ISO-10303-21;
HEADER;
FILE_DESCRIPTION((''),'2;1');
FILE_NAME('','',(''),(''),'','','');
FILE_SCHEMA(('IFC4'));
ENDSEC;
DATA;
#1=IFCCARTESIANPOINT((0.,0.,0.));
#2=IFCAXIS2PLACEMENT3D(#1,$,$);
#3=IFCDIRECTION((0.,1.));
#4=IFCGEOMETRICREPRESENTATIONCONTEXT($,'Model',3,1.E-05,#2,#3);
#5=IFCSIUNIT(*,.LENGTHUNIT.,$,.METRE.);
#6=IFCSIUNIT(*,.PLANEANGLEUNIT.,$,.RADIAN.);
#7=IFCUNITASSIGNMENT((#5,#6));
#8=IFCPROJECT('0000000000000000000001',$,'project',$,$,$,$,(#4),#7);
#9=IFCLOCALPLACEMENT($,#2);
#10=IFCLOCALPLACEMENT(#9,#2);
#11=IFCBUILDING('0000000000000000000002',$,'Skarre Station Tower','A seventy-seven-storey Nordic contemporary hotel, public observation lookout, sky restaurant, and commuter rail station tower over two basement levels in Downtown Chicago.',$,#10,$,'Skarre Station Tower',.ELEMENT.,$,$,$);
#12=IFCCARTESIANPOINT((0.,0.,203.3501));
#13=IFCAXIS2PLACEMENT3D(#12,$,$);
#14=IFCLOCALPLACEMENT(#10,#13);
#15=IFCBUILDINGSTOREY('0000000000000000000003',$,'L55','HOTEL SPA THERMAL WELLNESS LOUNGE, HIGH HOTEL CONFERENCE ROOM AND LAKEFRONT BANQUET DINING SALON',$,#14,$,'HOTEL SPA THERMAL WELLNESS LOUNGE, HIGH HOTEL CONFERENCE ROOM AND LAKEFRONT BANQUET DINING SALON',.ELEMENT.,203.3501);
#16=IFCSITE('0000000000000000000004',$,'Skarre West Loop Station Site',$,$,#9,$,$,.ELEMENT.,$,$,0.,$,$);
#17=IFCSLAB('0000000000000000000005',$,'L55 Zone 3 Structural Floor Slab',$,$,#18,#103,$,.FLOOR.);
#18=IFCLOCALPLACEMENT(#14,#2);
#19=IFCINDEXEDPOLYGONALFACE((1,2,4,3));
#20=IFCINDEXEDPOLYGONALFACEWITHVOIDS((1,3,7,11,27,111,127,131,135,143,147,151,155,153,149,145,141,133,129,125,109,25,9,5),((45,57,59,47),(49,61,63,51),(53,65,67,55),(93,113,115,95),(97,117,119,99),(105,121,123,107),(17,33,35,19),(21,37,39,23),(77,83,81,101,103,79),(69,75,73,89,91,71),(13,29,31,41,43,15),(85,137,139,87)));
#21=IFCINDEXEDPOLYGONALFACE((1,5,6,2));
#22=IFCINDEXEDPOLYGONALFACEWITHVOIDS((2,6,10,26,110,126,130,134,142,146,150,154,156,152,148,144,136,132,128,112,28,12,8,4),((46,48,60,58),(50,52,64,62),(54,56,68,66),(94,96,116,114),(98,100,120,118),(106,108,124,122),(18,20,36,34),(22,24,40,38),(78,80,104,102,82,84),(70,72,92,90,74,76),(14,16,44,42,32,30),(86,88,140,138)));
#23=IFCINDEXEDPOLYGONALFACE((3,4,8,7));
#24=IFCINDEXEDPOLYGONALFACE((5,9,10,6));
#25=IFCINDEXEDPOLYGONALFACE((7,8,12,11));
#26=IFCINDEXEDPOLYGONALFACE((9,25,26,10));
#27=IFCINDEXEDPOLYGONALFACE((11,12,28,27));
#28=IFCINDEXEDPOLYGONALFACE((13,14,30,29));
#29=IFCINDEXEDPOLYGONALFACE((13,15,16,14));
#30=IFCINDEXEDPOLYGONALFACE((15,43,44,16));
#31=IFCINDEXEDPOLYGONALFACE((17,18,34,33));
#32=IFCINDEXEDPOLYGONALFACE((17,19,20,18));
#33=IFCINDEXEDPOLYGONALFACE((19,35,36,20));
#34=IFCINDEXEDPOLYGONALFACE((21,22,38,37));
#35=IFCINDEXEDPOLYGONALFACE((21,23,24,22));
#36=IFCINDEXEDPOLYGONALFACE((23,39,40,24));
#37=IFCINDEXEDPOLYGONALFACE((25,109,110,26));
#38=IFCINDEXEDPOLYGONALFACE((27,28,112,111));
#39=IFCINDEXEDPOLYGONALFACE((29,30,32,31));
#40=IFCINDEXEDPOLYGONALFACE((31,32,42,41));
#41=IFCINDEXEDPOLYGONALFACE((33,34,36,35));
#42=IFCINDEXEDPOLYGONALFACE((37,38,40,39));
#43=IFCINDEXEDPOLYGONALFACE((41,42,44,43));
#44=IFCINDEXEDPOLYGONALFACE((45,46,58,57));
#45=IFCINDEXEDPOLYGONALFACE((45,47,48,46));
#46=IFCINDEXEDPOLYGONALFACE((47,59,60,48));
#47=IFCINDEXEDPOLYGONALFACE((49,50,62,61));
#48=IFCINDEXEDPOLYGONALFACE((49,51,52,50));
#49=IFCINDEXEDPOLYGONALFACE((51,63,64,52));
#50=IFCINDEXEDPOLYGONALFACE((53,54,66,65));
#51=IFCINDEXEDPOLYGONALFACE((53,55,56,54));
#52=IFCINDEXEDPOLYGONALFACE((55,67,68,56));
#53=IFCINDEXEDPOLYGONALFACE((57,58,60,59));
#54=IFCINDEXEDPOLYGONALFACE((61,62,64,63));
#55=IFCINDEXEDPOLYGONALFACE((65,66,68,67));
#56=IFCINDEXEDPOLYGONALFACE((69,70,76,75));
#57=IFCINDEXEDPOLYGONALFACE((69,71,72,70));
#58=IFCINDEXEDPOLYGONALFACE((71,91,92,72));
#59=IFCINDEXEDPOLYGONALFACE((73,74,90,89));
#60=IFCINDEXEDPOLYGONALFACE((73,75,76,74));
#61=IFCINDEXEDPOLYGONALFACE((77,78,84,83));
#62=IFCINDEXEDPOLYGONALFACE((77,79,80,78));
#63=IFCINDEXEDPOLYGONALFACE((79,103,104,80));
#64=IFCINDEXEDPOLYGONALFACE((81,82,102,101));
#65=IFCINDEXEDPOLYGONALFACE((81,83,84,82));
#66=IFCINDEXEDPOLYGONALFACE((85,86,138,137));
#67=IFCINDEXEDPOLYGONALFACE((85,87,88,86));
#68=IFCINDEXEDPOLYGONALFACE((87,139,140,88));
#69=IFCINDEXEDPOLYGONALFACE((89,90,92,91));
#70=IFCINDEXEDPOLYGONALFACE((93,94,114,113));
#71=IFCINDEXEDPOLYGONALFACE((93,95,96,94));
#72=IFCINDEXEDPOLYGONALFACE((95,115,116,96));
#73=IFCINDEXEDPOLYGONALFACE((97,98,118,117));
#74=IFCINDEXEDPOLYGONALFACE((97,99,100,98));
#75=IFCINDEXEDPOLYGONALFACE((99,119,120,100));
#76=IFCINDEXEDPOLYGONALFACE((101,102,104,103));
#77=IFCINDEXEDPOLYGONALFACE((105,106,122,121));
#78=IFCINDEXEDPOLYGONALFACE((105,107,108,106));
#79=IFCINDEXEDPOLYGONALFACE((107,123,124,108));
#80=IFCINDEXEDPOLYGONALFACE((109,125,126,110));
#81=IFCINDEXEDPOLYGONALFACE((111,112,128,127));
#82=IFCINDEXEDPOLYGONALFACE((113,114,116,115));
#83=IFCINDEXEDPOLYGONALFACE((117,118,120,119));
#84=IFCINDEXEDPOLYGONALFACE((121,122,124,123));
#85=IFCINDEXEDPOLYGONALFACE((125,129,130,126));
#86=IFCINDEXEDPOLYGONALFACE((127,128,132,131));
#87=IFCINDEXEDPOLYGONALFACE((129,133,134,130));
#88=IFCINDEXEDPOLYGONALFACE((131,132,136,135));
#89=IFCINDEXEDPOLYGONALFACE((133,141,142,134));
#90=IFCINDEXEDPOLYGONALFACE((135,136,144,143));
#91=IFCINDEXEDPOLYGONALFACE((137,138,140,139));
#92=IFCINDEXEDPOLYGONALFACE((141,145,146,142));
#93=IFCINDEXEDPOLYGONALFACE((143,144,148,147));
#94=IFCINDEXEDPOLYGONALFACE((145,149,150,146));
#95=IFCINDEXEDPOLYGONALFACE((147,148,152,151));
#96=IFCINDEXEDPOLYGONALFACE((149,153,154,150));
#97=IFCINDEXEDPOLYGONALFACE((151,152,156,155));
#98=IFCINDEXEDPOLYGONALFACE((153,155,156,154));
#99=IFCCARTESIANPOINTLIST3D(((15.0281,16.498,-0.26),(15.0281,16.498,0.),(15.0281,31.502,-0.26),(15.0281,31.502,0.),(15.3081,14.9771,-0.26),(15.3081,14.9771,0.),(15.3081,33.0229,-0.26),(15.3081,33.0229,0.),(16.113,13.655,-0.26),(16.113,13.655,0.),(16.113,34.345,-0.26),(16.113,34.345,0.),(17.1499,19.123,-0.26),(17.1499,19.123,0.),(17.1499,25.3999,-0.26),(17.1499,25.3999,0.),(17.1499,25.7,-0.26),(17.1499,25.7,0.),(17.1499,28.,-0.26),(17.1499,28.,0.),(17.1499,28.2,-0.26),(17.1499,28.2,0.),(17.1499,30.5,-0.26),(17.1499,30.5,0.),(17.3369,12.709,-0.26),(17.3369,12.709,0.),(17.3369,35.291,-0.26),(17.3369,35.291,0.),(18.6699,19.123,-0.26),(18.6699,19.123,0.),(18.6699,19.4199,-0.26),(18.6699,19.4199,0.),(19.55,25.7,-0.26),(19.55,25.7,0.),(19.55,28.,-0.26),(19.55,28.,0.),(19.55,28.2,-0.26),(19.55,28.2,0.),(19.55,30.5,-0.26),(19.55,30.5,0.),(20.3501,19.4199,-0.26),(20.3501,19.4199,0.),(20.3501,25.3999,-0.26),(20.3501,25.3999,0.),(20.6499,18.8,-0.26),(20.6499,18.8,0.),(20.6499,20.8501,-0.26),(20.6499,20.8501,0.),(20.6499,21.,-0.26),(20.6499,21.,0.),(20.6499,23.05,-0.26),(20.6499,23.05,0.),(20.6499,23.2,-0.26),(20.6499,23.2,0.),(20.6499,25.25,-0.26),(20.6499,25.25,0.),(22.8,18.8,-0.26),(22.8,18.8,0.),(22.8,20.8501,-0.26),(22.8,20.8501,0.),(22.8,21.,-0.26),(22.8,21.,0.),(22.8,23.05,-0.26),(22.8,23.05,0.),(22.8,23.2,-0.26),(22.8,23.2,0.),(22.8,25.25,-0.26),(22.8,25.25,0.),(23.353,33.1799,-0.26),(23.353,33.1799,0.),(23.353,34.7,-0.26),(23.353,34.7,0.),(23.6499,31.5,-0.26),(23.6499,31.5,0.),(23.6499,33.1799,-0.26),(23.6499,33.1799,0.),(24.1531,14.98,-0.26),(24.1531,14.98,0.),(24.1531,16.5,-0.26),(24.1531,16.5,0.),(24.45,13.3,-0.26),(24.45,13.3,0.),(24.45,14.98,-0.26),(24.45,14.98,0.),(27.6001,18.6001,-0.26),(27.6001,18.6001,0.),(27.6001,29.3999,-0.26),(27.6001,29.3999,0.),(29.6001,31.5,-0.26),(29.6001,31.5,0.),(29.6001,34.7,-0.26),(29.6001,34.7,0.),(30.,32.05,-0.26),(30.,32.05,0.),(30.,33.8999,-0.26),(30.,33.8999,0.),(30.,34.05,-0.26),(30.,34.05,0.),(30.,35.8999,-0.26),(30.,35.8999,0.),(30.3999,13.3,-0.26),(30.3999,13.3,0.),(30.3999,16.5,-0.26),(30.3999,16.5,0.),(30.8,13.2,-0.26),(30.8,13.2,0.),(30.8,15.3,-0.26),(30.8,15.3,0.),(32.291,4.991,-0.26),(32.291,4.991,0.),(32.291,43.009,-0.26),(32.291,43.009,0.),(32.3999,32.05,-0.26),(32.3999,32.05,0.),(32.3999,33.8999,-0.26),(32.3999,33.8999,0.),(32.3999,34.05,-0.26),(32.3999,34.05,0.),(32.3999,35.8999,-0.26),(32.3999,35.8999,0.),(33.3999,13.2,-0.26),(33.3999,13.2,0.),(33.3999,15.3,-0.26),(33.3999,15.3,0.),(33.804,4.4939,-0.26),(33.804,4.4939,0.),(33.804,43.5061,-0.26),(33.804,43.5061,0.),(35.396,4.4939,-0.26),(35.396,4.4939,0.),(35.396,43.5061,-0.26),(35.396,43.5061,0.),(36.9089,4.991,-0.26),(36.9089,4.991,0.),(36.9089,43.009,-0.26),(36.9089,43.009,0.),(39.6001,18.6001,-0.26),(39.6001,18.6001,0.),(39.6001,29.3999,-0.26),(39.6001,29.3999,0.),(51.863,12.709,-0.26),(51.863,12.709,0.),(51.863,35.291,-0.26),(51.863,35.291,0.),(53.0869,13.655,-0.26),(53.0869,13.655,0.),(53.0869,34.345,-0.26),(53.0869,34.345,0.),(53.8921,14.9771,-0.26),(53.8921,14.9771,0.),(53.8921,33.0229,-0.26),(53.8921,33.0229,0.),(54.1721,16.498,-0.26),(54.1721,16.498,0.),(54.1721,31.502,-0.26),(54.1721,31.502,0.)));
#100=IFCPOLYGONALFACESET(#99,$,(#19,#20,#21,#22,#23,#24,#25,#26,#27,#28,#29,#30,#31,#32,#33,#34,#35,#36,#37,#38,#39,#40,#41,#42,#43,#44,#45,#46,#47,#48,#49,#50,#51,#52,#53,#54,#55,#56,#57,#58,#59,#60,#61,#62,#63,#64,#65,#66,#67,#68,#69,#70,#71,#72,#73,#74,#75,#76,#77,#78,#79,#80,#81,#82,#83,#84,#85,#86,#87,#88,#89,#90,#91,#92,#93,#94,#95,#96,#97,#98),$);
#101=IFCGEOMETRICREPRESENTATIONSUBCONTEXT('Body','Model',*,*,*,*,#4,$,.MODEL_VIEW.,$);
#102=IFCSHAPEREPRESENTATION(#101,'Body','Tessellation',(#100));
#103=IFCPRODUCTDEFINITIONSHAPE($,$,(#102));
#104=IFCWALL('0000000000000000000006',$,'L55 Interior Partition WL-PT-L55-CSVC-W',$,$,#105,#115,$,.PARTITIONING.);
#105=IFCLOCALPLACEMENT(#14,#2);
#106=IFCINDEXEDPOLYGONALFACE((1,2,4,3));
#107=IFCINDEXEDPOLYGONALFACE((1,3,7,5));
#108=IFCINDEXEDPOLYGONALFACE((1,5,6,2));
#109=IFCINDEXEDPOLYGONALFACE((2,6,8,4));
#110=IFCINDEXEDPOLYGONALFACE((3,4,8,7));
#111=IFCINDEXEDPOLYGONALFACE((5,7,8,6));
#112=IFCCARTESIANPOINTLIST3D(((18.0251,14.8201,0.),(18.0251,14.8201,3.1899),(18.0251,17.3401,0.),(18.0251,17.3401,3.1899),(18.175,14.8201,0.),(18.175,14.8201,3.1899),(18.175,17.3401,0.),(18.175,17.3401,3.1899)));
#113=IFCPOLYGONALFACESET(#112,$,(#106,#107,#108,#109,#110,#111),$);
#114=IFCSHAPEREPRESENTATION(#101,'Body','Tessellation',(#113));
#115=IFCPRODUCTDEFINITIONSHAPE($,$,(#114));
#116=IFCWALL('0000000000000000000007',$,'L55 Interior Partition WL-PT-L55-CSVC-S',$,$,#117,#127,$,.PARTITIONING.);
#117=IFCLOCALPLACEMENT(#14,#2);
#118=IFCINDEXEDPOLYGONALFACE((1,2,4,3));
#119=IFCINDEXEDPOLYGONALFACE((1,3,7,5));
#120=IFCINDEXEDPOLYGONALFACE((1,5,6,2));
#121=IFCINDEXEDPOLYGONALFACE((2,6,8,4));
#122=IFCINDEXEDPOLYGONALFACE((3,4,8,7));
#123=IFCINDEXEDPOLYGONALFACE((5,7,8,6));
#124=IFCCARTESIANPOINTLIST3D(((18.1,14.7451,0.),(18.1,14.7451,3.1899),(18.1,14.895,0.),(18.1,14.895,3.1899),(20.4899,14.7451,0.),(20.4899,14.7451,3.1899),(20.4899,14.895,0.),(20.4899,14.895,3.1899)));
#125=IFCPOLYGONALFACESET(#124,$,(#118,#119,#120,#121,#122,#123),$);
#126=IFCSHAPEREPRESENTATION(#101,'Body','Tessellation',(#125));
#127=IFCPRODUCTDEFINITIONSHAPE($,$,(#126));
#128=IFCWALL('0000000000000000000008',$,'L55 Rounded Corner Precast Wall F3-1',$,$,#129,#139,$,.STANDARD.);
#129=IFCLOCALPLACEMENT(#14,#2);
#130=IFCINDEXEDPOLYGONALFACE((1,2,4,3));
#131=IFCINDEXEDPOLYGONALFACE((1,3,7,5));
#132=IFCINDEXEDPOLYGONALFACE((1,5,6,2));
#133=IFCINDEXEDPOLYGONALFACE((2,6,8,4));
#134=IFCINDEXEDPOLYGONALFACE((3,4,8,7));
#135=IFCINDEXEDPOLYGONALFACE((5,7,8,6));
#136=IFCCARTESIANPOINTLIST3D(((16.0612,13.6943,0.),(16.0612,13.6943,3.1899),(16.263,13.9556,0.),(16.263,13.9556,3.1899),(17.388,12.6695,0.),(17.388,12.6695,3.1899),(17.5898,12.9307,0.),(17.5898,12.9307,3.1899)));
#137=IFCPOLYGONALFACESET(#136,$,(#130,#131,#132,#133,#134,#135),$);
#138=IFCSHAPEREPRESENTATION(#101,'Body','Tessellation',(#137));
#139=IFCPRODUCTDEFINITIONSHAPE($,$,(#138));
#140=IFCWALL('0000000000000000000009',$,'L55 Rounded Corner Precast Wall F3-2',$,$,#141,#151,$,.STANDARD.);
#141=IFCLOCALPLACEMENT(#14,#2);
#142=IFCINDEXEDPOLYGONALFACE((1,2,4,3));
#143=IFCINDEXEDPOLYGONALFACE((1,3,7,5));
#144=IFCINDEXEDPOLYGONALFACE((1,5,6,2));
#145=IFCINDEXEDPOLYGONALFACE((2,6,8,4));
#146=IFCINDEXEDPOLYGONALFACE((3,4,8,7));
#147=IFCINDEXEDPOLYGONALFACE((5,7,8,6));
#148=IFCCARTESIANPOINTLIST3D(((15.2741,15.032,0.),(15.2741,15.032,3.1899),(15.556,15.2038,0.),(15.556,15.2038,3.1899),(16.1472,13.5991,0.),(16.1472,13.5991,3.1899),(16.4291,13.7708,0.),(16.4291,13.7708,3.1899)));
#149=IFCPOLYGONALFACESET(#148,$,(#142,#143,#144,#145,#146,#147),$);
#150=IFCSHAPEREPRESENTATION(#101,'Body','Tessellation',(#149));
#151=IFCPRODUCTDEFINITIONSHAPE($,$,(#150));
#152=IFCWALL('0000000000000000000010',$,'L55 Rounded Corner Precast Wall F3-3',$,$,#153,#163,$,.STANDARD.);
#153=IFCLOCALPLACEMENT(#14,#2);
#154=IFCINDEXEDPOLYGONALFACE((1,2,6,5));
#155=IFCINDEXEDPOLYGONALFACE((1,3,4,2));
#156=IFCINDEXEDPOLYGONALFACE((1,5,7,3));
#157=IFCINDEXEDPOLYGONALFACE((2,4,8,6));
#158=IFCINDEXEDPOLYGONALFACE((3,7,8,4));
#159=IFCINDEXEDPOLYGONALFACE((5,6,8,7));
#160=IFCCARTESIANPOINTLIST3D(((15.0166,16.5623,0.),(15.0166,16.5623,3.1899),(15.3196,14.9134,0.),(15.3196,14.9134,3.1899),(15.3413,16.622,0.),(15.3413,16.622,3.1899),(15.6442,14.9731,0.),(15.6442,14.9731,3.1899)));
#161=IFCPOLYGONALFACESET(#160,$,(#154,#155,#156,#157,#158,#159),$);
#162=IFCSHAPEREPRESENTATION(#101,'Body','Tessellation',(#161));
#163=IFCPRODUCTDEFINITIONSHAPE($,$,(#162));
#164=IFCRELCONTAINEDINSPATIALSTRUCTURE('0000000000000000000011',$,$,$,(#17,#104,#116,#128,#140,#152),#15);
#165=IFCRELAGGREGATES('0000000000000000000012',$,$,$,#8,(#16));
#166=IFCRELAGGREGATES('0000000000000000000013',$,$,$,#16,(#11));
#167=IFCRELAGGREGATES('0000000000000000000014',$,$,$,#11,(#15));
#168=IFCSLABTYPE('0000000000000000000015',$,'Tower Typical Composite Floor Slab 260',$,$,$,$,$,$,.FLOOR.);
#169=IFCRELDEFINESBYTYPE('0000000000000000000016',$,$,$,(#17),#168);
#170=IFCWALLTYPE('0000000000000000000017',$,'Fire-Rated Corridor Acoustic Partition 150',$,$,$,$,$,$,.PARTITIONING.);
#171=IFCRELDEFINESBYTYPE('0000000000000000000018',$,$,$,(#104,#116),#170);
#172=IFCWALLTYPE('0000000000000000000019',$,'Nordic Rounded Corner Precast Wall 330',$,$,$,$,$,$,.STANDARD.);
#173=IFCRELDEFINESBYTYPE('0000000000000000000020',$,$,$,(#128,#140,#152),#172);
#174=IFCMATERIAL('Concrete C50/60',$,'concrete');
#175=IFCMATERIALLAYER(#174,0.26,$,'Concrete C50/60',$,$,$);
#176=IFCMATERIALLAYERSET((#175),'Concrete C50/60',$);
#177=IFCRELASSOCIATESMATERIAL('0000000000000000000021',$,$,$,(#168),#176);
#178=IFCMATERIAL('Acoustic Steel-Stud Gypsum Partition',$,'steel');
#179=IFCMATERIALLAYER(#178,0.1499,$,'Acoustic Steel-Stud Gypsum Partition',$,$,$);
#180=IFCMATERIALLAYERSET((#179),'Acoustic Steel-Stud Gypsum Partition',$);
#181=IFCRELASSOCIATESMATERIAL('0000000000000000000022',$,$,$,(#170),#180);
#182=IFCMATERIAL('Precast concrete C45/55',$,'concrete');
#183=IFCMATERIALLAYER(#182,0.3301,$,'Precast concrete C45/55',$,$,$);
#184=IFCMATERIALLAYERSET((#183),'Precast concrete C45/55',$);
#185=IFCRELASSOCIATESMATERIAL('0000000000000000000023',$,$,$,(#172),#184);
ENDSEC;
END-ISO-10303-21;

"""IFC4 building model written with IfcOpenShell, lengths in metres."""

from ifc_helpers import new_model, si_unit, direction, frame, frame_2d, origin, place, context, subcontext, project, spatial, polyline, rectangle, outline, extrude, material, layer, layer_set, type_object, element, save


model = new_model("IFC4")

# Units and contexts
model_context = context("Model", 3, precision=1e-05, world=origin(), true_north=direction((0.0, 1.0)))
body_context = subcontext(model_context, "Body", "Model", "MODEL_VIEW")
ifc_project = project(units=[si_unit("LENGTHUNIT", "METRE"), si_unit("PLANEANGLEUNIT", "RADIAN")], contexts=[model_context])

# Site, building, storey
site_placement = place(None, origin())
site = spatial("IfcSite", under=ifc_project, at=site_placement, Name="Skarre West Loop Station Site", CompositionType="ELEMENT", RefElevation=0.0)
building_placement = place(site_placement, origin())
building = spatial("IfcBuilding", under=site, at=building_placement, Name="Skarre Station Tower", Description="A seventy-seven-storey Nordic contemporary hotel, public observation lookout, sky restaurant, and commuter rail station tower over two basement levels in Downtown Chicago.", LongName="Skarre Station Tower", CompositionType="ELEMENT")
storey_placement = place(building_placement, frame((0.0, 0.0, 203.3501)))
storey = spatial("IfcBuildingStorey", under=building, at=storey_placement, Name="L55", Description="HOTEL SPA THERMAL WELLNESS LOUNGE, HIGH HOTEL CONFERENCE ROOM AND LAKEFRONT BANQUET DINING SALON", LongName="HOTEL SPA THERMAL WELLNESS LOUNGE, HIGH HOTEL CONFERENCE ROOM AND LAKEFRONT BANQUET DINING SALON", CompositionType="ELEMENT", Elevation=203.3501)

# Shared definitions
ifc_material_1 = material(Name="Concrete C50/60", Category="concrete")

# Slab
ifc_layer_1 = layer(ifc_material_1, 0.26, Name="Concrete C50/60")
ifc_layer_set_1 = layer_set([ifc_layer_1], Name="Concrete C50/60")
slab_type_1 = type_object("IfcSlabType", Name="Tower Typical Composite Floor Slab 260", PredefinedType="FLOOR", material=ifc_layer_set_1)
slab_1_placement = place(storey_placement, frame((0.0, 0.0, -0.26)))
element("IfcSlab", 1, at=slab_1_placement, inside=storey, type_object=slab_type_1, Name="L55 Zone 3 Structural Floor Slab", PredefinedType="FLOOR", context=body_context, shape_type="SweptSolid", body=[
    extrude(outline(polyline([(54.1721, 31.502), (53.8921, 33.0229), (53.0869, 34.345), (51.863, 35.291), (36.9089, 43.009), (35.396, 43.5061), (33.804, 43.5061), (32.291, 43.009), (17.3369, 35.291), (16.113, 34.345), (15.3081, 33.0229), (15.0281, 31.502), (15.0281, 16.498), (15.3081, 14.9771), (16.113, 13.655), (17.3369, 12.709), (32.291, 4.991), (33.804, 4.4939), (35.396, 4.4939), (36.9089, 4.991), (51.863, 12.709), (53.0869, 13.655), (53.8921, 14.9771), (54.1721, 16.498), (54.1721, 31.502)]), holes=[polyline([(18.6699, 19.4199), (18.6699, 19.123), (17.1499, 19.123), (17.1499, 25.3999), (20.3501, 25.3999), (20.3501, 19.4199), (18.6699, 19.4199)]), polyline([(24.45, 14.98), (24.1531, 14.98), (24.1531, 16.5), (30.3999, 16.5), (30.3999, 13.3), (24.45, 13.3), (24.45, 14.98)]), polyline([(23.6499, 33.1799), (23.353, 33.1799), (23.353, 34.7), (29.6001, 34.7), (29.6001, 31.5), (23.6499, 31.5), (23.6499, 33.1799)]), polyline([(17.1499, 28.0), (19.55, 28.0), (19.55, 25.7), (17.1499, 25.7), (17.1499, 28.0)]), polyline([(17.1499, 30.5), (19.55, 30.5), (19.55, 28.2), (17.1499, 28.2), (17.1499, 30.5)]), polyline([(30.8, 15.3), (33.3999, 15.3), (33.3999, 13.2), (30.8, 13.2), (30.8, 15.3)]), polyline([(20.6499, 20.8501), (22.8, 20.8501), (22.8, 18.8), (20.6499, 18.8), (20.6499, 20.8501)]), polyline([(20.6499, 23.05), (22.8, 23.05), (22.8, 21.0), (20.6499, 21.0), (20.6499, 23.05)]), polyline([(20.6499, 25.25), (22.8, 25.25), (22.8, 23.2), (20.6499, 23.2), (20.6499, 25.25)]), polyline([(30.0, 33.8999), (32.3999, 33.8999), (32.3999, 32.05), (30.0, 32.05), (30.0, 33.8999)]), polyline([(30.0, 35.8999), (32.3999, 35.8999), (32.3999, 34.05), (30.0, 34.05), (30.0, 35.8999)]), polyline([(27.6001, 29.3999), (39.6001, 29.3999), (39.6001, 18.6001), (27.6001, 18.6001), (27.6001, 29.3999)])]), origin(), (0.0, 0.0, 1.0), 0.26),
])

# Walls
ifc_material_2 = material(Name="Acoustic Steel-Stud Gypsum Partition", Category="steel")
ifc_layer_2 = layer(ifc_material_2, 0.1499, Name="Acoustic Steel-Stud Gypsum Partition")
ifc_layer_set_2 = layer_set([ifc_layer_2], Name="Acoustic Steel-Stud Gypsum Partition")
wall_type_1 = type_object("IfcWallType", Name="Fire-Rated Corridor Acoustic Partition 150", PredefinedType="PARTITIONING", material=ifc_layer_set_2)
wall_1_placement = place(storey_placement, frame((18.1001, 17.3401, 0.0), z_axis=(0.0, 0.0, 1.0), x_axis=(0.0, -1.0, 0.0)))
element("IfcWall", 2, at=wall_1_placement, inside=storey, type_object=wall_type_1, Name="L55 Interior Partition WL-PT-L55-CSVC-W", PredefinedType="PARTITIONING", context=body_context, shape_type="SweptSolid", body=[
    extrude(rectangle(XDim=2.52, YDim=0.1499, at=frame_2d((1.26, 0.0))), origin(), (0.0, 0.0, 1.0), 3.1899),
])
wall_2_placement = place(storey_placement, frame((18.1001, 14.8201, 0.0), z_axis=(0.0, 0.0, 1.0), x_axis=(1.0, 0.0, 0.0)))
element("IfcWall", 3, at=wall_2_placement, inside=storey, type_object=wall_type_1, Name="L55 Interior Partition WL-PT-L55-CSVC-S", PredefinedType="PARTITIONING", context=body_context, shape_type="SweptSolid", body=[
    extrude(rectangle(XDim=2.3899, YDim=0.1499, at=frame_2d((1.1948, 0.0))), origin(), (0.0, 0.0, 1.0), 3.1899),
])
ifc_material_3 = material(Name="Precast concrete C45/55", Category="concrete")
ifc_layer_3 = layer(ifc_material_3, 0.3301, Name="Precast concrete C45/55")
ifc_layer_set_3 = layer_set([ifc_layer_3], Name="Precast concrete C45/55")
wall_type_2 = type_object("IfcWallType", Name="Nordic Rounded Corner Precast Wall 330", PredefinedType="STANDARD", material=ifc_layer_set_3)
wall_3_placement = place(storey_placement, frame((17.489, 12.8, 0.0), z_axis=(0.0, 0.0, 1.0), x_axis=(-0.79141, 0.611286, 0.0)))
element("IfcWall", 4, at=wall_3_placement, inside=storey, type_object=wall_type_2, Name="L55 Rounded Corner Precast Wall F3-1", PredefinedType="STANDARD", context=body_context, shape_type="SweptSolid", body=[
    extrude(rectangle(XDim=1.6765, YDim=0.3301, at=frame_2d((0.8384, 0.0))), origin(), (0.0, 0.0, 1.0), 3.1899),
])
wall_4_placement = place(storey_placement, frame((16.2881, 13.6851, 0.0), z_axis=(0.0, 0.0, 1.0), x_axis=(-0.520325, 0.853968, 0.0)))
element("IfcWall", 5, at=wall_4_placement, inside=storey, type_object=wall_type_2, Name="L55 Rounded Corner Precast Wall F3-2", PredefinedType="STANDARD", context=body_context, shape_type="SweptSolid", body=[
    extrude(rectangle(XDim=1.678, YDim=0.3301, at=frame_2d((0.8389, 0.0))), origin(), (0.0, 0.0, 1.0), 3.1899),
])
wall_5_placement = place(storey_placement, frame((15.4819, 14.9431, 0.0), z_axis=(0.0, 0.0, 1.0), x_axis=(-0.180718, 0.983535, 0.0)))
element("IfcWall", 6, at=wall_5_placement, inside=storey, type_object=wall_type_2, Name="L55 Rounded Corner Precast Wall F3-3", PredefinedType="STANDARD", context=body_context, shape_type="SweptSolid", body=[
    extrude(rectangle(XDim=1.6765, YDim=0.3301, at=frame_2d((0.8384, 0.0))), origin(), (0.0, 0.0, 1.0), 3.1899),
])

save(model, "model.ifc")
